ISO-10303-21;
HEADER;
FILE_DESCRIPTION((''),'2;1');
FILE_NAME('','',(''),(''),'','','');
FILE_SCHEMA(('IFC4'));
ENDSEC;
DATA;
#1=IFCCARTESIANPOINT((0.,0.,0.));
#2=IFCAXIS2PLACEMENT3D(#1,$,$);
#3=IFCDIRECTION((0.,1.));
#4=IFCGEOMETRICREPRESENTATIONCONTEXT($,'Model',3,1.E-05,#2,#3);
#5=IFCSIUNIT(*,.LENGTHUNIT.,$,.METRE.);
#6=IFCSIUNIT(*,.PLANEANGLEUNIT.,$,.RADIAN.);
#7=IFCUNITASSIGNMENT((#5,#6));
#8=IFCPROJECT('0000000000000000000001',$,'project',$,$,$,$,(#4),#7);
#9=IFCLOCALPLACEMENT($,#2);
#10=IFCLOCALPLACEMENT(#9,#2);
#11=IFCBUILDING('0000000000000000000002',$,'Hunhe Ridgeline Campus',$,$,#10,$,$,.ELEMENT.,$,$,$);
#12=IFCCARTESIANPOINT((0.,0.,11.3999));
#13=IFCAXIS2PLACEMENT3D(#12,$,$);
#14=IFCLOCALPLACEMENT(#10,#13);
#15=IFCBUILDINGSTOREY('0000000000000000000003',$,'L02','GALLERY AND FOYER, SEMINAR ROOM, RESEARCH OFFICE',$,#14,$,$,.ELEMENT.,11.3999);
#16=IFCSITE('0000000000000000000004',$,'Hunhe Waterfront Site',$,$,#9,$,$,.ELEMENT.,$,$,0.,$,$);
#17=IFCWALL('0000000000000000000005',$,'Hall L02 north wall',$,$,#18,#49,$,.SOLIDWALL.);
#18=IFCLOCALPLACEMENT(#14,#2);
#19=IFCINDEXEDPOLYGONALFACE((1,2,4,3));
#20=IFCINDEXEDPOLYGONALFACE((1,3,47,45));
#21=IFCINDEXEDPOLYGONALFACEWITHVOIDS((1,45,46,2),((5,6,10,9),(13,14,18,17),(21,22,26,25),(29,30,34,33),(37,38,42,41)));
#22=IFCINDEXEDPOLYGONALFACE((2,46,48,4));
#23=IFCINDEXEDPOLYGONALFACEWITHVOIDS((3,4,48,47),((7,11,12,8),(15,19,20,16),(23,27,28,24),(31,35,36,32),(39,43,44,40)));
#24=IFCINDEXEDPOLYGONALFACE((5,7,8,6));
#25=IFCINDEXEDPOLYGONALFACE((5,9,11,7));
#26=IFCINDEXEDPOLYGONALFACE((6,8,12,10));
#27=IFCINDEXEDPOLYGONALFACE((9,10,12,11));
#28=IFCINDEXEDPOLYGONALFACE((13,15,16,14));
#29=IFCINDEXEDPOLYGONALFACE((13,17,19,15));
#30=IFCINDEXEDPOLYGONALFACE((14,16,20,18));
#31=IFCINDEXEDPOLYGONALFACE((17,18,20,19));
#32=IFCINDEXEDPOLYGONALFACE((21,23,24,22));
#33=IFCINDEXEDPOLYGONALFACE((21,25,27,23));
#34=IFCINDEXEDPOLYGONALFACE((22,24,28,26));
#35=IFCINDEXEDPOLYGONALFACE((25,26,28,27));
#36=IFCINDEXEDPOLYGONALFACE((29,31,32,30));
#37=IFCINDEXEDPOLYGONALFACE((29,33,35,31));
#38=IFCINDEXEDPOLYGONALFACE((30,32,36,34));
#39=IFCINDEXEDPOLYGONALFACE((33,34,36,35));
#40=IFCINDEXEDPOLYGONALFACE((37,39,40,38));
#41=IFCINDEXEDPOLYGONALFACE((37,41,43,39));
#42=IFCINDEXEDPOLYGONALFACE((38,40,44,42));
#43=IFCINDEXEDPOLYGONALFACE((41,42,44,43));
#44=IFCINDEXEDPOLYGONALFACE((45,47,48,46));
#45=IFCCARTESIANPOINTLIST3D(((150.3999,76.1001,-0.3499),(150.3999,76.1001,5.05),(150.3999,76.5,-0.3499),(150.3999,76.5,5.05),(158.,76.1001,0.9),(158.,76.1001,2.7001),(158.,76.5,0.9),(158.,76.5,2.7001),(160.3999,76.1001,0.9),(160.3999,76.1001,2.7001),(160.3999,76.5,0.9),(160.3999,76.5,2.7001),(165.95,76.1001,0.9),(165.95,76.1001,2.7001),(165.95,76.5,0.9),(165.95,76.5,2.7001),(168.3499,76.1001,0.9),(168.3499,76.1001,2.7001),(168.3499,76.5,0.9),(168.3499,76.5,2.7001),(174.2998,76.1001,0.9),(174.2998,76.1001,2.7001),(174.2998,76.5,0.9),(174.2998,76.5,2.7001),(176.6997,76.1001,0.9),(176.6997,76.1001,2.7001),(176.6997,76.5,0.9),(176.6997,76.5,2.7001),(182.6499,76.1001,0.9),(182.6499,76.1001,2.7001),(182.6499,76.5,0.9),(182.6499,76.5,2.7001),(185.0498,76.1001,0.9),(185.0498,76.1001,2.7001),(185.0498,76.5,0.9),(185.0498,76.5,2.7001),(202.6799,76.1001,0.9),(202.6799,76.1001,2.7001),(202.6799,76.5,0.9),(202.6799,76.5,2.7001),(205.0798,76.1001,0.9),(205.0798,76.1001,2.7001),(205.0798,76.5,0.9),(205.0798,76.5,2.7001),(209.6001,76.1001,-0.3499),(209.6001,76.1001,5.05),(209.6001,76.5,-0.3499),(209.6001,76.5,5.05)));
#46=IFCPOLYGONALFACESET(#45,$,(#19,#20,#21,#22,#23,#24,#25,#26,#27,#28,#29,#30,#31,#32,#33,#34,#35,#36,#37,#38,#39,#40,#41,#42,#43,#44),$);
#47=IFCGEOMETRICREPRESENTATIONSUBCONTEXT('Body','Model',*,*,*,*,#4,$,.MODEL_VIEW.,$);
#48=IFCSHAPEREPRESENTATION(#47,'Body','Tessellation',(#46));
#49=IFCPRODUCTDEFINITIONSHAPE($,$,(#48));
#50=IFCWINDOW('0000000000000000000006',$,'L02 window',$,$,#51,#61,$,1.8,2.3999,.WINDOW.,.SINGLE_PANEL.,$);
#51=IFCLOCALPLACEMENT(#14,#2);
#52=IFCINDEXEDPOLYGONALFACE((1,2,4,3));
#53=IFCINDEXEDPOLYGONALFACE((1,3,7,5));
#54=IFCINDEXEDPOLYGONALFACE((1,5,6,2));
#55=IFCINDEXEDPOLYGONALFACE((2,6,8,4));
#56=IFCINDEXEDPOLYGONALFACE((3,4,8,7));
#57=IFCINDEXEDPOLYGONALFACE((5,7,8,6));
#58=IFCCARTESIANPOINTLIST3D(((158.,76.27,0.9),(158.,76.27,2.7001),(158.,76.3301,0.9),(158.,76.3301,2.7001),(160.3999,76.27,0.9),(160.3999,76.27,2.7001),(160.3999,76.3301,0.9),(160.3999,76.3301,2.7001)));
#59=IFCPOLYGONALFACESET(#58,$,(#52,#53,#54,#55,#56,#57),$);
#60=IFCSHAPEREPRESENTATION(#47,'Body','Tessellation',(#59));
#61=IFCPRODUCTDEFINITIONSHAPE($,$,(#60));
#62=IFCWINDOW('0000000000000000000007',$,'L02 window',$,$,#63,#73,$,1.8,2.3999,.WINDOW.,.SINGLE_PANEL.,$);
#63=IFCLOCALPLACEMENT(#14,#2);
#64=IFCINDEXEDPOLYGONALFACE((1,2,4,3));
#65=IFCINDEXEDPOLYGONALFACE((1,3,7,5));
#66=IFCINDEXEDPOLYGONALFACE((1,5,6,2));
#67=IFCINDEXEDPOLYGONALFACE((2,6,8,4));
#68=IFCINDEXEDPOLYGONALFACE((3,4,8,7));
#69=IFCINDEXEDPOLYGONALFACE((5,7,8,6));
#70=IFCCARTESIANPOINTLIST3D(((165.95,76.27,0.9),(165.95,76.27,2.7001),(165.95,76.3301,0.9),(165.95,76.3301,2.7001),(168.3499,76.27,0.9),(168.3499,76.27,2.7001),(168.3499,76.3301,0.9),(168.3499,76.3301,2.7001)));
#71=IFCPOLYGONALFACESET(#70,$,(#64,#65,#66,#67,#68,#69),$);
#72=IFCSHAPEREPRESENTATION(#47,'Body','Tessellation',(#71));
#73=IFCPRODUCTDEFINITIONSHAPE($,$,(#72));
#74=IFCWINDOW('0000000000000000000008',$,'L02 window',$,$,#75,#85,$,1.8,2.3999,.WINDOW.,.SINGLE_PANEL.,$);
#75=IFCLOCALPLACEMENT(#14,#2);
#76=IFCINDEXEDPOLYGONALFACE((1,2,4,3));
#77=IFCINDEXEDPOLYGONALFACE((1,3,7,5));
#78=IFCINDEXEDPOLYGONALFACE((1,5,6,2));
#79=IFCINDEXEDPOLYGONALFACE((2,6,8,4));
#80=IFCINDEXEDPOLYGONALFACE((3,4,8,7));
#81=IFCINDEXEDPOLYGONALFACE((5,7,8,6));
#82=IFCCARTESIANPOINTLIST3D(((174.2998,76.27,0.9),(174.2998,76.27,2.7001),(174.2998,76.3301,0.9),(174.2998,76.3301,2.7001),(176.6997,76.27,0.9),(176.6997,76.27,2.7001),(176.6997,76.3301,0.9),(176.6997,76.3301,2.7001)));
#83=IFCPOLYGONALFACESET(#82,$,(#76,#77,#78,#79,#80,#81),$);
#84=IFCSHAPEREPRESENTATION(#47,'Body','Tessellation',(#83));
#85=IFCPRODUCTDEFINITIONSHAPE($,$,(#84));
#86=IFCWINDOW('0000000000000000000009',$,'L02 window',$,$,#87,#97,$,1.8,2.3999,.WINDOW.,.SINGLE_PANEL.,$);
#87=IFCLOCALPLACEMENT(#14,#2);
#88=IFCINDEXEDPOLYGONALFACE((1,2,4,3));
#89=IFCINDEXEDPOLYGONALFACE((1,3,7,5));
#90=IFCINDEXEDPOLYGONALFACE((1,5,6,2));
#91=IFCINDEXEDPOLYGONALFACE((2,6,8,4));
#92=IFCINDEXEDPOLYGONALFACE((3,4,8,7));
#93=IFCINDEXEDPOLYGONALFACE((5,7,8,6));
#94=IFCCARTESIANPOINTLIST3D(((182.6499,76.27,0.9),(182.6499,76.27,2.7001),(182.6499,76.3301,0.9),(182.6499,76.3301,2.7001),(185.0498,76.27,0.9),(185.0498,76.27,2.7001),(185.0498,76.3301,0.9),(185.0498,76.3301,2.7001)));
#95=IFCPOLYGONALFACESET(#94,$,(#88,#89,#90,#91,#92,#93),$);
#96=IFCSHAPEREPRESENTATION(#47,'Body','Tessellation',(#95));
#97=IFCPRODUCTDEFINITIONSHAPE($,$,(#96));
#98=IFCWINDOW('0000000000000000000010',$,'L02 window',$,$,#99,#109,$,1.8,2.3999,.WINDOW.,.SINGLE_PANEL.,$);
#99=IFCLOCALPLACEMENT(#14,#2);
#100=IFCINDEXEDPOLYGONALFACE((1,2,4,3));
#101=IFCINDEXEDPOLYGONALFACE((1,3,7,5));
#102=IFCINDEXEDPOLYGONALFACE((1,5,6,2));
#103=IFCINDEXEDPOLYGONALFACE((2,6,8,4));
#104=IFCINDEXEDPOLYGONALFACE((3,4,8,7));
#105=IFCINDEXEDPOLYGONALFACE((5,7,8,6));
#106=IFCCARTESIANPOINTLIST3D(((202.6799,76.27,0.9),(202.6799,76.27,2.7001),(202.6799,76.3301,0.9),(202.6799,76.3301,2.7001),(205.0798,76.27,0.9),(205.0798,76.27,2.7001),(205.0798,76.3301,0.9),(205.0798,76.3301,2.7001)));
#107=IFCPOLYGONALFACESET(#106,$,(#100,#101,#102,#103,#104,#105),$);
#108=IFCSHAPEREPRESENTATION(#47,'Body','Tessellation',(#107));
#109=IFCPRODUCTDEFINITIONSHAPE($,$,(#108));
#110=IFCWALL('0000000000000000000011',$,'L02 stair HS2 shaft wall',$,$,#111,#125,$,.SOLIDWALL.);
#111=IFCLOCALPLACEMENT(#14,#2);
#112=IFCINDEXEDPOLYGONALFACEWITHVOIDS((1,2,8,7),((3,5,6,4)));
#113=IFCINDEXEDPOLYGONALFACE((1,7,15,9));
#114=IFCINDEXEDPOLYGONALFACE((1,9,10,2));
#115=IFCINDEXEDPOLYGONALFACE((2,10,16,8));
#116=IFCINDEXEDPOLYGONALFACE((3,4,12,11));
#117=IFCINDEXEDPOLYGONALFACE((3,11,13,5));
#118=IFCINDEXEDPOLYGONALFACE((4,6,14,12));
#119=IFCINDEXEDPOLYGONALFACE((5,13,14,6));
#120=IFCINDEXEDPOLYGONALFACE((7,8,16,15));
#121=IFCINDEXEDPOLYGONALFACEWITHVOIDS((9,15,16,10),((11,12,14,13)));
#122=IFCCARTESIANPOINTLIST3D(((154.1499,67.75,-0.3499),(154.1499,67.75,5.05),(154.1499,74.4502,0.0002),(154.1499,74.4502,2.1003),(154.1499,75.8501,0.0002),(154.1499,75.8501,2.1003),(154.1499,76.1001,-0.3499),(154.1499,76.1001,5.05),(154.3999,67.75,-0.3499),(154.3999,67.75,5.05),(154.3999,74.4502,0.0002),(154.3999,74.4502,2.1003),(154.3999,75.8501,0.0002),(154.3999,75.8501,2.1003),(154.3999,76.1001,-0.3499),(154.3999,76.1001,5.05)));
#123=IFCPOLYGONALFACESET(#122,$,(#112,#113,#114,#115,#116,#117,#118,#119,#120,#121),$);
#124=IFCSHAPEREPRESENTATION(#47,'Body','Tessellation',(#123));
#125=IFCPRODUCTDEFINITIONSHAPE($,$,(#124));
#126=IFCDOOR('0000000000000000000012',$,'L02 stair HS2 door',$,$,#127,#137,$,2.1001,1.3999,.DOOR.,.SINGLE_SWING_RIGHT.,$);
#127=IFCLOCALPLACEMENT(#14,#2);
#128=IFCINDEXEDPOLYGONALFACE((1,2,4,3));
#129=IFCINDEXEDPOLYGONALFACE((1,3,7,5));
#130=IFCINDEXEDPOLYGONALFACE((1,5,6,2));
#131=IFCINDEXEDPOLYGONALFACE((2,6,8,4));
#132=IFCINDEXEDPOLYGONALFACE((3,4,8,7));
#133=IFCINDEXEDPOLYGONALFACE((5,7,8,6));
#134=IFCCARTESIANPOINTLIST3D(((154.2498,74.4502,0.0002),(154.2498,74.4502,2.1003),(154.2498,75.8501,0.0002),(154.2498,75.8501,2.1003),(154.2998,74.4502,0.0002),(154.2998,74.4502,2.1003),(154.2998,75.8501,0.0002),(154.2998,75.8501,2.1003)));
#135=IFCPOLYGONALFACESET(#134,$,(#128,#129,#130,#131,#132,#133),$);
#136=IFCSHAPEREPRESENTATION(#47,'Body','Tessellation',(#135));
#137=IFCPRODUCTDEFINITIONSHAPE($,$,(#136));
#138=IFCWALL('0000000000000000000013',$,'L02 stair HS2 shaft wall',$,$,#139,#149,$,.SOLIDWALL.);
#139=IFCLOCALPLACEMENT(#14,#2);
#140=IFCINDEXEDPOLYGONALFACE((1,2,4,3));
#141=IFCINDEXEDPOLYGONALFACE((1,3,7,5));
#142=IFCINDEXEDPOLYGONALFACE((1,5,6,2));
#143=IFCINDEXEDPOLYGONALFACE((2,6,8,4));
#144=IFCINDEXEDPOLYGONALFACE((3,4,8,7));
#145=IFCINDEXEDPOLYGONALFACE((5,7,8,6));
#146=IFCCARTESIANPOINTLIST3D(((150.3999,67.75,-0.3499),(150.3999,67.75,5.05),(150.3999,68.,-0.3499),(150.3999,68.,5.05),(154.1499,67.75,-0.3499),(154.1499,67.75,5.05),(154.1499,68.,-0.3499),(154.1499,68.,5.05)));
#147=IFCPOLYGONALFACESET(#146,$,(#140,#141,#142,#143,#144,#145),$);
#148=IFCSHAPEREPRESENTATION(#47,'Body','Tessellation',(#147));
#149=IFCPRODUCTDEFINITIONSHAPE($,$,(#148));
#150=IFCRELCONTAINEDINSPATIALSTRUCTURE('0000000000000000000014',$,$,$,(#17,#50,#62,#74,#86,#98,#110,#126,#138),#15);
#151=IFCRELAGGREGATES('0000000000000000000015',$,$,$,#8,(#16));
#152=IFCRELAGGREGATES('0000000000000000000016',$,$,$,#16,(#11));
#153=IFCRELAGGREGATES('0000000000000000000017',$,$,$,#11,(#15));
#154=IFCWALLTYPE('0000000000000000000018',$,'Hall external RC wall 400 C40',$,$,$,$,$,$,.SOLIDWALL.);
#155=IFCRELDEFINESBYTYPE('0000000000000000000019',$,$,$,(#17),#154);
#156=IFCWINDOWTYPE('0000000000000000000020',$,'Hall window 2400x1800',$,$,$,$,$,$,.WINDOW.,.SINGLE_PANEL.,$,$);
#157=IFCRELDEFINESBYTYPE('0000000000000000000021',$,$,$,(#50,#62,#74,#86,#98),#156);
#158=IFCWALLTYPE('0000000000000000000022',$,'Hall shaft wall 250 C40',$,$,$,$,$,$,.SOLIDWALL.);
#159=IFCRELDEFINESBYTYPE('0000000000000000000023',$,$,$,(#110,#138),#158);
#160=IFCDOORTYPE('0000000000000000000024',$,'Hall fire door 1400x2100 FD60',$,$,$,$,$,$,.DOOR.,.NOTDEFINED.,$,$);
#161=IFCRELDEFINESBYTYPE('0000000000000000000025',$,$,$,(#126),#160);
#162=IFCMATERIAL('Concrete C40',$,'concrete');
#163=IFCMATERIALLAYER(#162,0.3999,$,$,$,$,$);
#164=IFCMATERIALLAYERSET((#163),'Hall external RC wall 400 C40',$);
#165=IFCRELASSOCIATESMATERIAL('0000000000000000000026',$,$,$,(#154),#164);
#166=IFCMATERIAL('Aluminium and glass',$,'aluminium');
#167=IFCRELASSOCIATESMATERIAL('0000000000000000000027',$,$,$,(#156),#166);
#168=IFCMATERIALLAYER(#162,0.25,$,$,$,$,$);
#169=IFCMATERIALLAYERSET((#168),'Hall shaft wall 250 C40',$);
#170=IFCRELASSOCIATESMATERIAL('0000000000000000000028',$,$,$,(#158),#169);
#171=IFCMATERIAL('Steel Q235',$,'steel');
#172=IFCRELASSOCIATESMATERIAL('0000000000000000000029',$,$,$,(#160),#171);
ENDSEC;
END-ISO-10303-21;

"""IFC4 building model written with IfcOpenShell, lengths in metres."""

from ifc_helpers import new_model, si_unit, direction, frame, frame_2d, origin, place, context, subcontext, project, spatial, rectangle, extrude, material, layer, layer_set, type_object, element, fill, save


model = new_model("IFC4")

# Units and contexts
model_context = context("Model", 3, precision=1e-05, world=origin(), true_north=direction((0.0, 1.0)))
body_context = subcontext(model_context, "Body", "Model", "MODEL_VIEW")
ifc_project = project(units=[si_unit("LENGTHUNIT", "METRE"), si_unit("PLANEANGLEUNIT", "RADIAN")], contexts=[model_context])

# Site, building, storey
site_placement = place(None, origin())
site = spatial("IfcSite", under=ifc_project, at=site_placement, Name="Hunhe Waterfront Site", CompositionType="ELEMENT", RefElevation=0.0)
building_placement = place(site_placement, origin())
building = spatial("IfcBuilding", under=site, at=building_placement, Name="Hunhe Ridgeline Campus", CompositionType="ELEMENT")
storey_placement = place(building_placement, frame((0.0, 0.0, 11.3999)))
storey = spatial("IfcBuildingStorey", under=building, at=storey_placement, Name="L02", Description="GALLERY AND FOYER, SEMINAR ROOM, RESEARCH OFFICE", CompositionType="ELEMENT", Elevation=11.3999)

# Shared definitions
ifc_material_1 = material(Name="Aluminium and glass", Category="aluminium")

# Wall, openings, windows
ifc_material_2 = material(Name="Concrete C40", Category="concrete")
ifc_layer_1 = layer(ifc_material_2, 0.3999)
ifc_layer_set_1 = layer_set([ifc_layer_1], Name="Hall external RC wall 400 C40")
wall_type_1 = type_object("IfcWallType", Name="Hall external RC wall 400 C40", PredefinedType="SOLIDWALL", material=ifc_layer_set_1)
wall_1_placement = place(storey_placement, frame((150.3999, 76.3, -0.3499), z_axis=(0.0, 0.0, 1.0), x_axis=(1.0, 0.0, 0.0)))
wall_1 = element("IfcWall", 1, at=wall_1_placement, inside=storey, type_object=wall_type_1, Name="Hall L02 north wall", PredefinedType="SOLIDWALL", context=body_context, shape_type="SweptSolid", body=[
    extrude(rectangle(XDim=59.2002, YDim=0.3999, at=frame_2d((29.6001, 0.0))), origin(), (0.0, 0.0, 1.0), 5.3999),
])
opening_1_placement = place(wall_1_placement, frame((7.6001, 0.0, 1.25)))
opening_1 = element("IfcOpeningElement", 2, at=opening_1_placement, cuts=wall_1, PredefinedType="OPENING", context=body_context, shape_type="SweptSolid", body=[
    extrude(rectangle(XDim=2.3999, YDim=1.8, at=frame_2d((1.2, 0.8999))), frame((0.0, 0.2, 0.0), z_axis=(0.0, -1.0, 0.0), x_axis=(1.0, 0.0, 0.0)), (0.0, 0.0, 1.0), 0.3999),
])
opening_2_placement = place(wall_1_placement, frame((15.55, 0.0, 1.25)))
opening_2 = element("IfcOpeningElement", 3, at=opening_2_placement, cuts=wall_1, PredefinedType="OPENING", context=body_context, shape_type="SweptSolid", body=[
    extrude(rectangle(XDim=2.3999, YDim=1.8, at=frame_2d((1.2, 0.8999))), frame((0.0, 0.2, 0.0), z_axis=(0.0, -1.0, 0.0), x_axis=(1.0, 0.0, 0.0)), (0.0, 0.0, 1.0), 0.3999),
])
opening_3_placement = place(wall_1_placement, frame((23.8999, 0.0, 1.25)))
opening_3 = element("IfcOpeningElement", 4, at=opening_3_placement, cuts=wall_1, PredefinedType="OPENING", context=body_context, shape_type="SweptSolid", body=[
    extrude(rectangle(XDim=2.3999, YDim=1.8, at=frame_2d((1.2, 0.8999))), frame((0.0, 0.2, 0.0), z_axis=(0.0, -1.0, 0.0), x_axis=(1.0, 0.0, 0.0)), (0.0, 0.0, 1.0), 0.3999),
])
opening_4_placement = place(wall_1_placement, frame((32.25, 0.0, 1.25)))
opening_4 = element("IfcOpeningElement", 5, at=opening_4_placement, cuts=wall_1, PredefinedType="OPENING", context=body_context, shape_type="SweptSolid", body=[
    extrude(rectangle(XDim=2.3999, YDim=1.8, at=frame_2d((1.2, 0.8999))), frame((0.0, 0.2, 0.0), z_axis=(0.0, -1.0, 0.0), x_axis=(1.0, 0.0, 0.0)), (0.0, 0.0, 1.0), 0.3999),
])
opening_5_placement = place(wall_1_placement, frame((52.28, 0.0, 1.25)))
opening_5 = element("IfcOpeningElement", 6, at=opening_5_placement, cuts=wall_1, PredefinedType="OPENING", context=body_context, shape_type="SweptSolid", body=[
    extrude(rectangle(XDim=2.3999, YDim=1.8, at=frame_2d((1.2, 0.8999))), frame((0.0, 0.2, 0.0), z_axis=(0.0, -1.0, 0.0), x_axis=(1.0, 0.0, 0.0)), (0.0, 0.0, 1.0), 0.3999),
])
window_type = type_object("IfcWindowType", Name="Hall window 2400x1800", PartitioningType="SINGLE_PANEL", PredefinedType="WINDOW", material=ifc_material_1)
window_1_placement = place(opening_1_placement, origin())
window_1 = element("IfcWindow", 7, at=window_1_placement, inside=storey, type_object=window_type, Name="L02 window", OverallHeight=1.8, OverallWidth=2.3999, PartitioningType="SINGLE_PANEL", PredefinedType="WINDOW", context=body_context, shape_type="SweptSolid", body=[
    extrude(rectangle(XDim=2.3999, YDim=1.8, at=frame_2d((1.2, 0.8999))), frame((0.0, 0.03, 0.0), z_axis=(0.0, -1.0, 0.0), x_axis=(1.0, 0.0, 0.0)), (0.0, 0.0, 1.0), 0.0601),
])
fill(opening_1, window_1)
window_2_placement = place(opening_2_placement, origin())
window_2 = element("IfcWindow", 8, at=window_2_placement, inside=storey, type_object=window_type, Name="L02 window", OverallHeight=1.8, OverallWidth=2.3999, PartitioningType="SINGLE_PANEL", PredefinedType="WINDOW", context=body_context, shape_type="SweptSolid", body=[
    extrude(rectangle(XDim=2.3999, YDim=1.8, at=frame_2d((1.2, 0.8999))), frame((0.0, 0.03, 0.0), z_axis=(0.0, -1.0, 0.0), x_axis=(1.0, 0.0, 0.0)), (0.0, 0.0, 1.0), 0.0601),
])
fill(opening_2, window_2)
window_3_placement = place(opening_3_placement, origin())
window_3 = element("IfcWindow", 9, at=window_3_placement, inside=storey, type_object=window_type, Name="L02 window", OverallHeight=1.8, OverallWidth=2.3999, PartitioningType="SINGLE_PANEL", PredefinedType="WINDOW", context=body_context, shape_type="SweptSolid", body=[
    extrude(rectangle(XDim=2.3999, YDim=1.8, at=frame_2d((1.2, 0.8999))), frame((0.0, 0.03, 0.0), z_axis=(0.0, -1.0, 0.0), x_axis=(1.0, 0.0, 0.0)), (0.0, 0.0, 1.0), 0.0601),
])
fill(opening_3, window_3)
window_4_placement = place(opening_4_placement, origin())
window_4 = element("IfcWindow", 10, at=window_4_placement, inside=storey, type_object=window_type, Name="L02 window", OverallHeight=1.8, OverallWidth=2.3999, PartitioningType="SINGLE_PANEL", PredefinedType="WINDOW", context=body_context, shape_type="SweptSolid", body=[
    extrude(rectangle(XDim=2.3999, YDim=1.8, at=frame_2d((1.2, 0.8999))), frame((0.0, 0.03, 0.0), z_axis=(0.0, -1.0, 0.0), x_axis=(1.0, 0.0, 0.0)), (0.0, 0.0, 1.0), 0.0601),
])
fill(opening_4, window_4)
window_5_placement = place(opening_5_placement, origin())
window_5 = element("IfcWindow", 11, at=window_5_placement, inside=storey, type_object=window_type, Name="L02 window", OverallHeight=1.8, OverallWidth=2.3999, PartitioningType="SINGLE_PANEL", PredefinedType="WINDOW", context=body_context, shape_type="SweptSolid", body=[
    extrude(rectangle(XDim=2.3999, YDim=1.8, at=frame_2d((1.2, 0.8999))), frame((0.0, 0.03, 0.0), z_axis=(0.0, -1.0, 0.0), x_axis=(1.0, 0.0, 0.0)), (0.0, 0.0, 1.0), 0.0601),
])
fill(opening_5, window_5)

# Wall, opening, door
ifc_layer_2 = layer(ifc_material_2, 0.25)
ifc_layer_set_2 = layer_set([ifc_layer_2], Name="Hall shaft wall 250 C40")
wall_type_2 = type_object("IfcWallType", Name="Hall shaft wall 250 C40", PredefinedType="SOLIDWALL", material=ifc_layer_set_2)
wall_2_placement = place(storey_placement, frame((154.2749, 76.1001, -0.3499), z_axis=(0.0, 0.0, 1.0), x_axis=(0.0, -1.0, 0.0)))
wall_2 = element("IfcWall", 12, at=wall_2_placement, inside=storey, type_object=wall_type_2, Name="L02 stair HS2 shaft wall", PredefinedType="SOLIDWALL", context=body_context, shape_type="SweptSolid", body=[
    extrude(rectangle(XDim=8.3501, YDim=0.25, at=frame_2d((4.175, 0.0))), origin(), (0.0, 0.0, 1.0), 5.3999),
])
opening_6_placement = place(wall_2_placement, frame((0.25, 0.0, 0.3501)))
opening_6 = element("IfcOpeningElement", 13, at=opening_6_placement, cuts=wall_2, PredefinedType="OPENING", context=body_context, shape_type="SweptSolid", body=[
    extrude(rectangle(XDim=1.3999, YDim=2.1001, at=frame_2d((0.7, 1.05))), frame((0.0, 0.125, 0.0), z_axis=(0.0, -1.0, 0.0), x_axis=(1.0, 0.0, 0.0)), (0.0, 0.0, 1.0), 0.25),
])
ifc_material_3 = material(Name="Steel Q235", Category="steel")
door_type = type_object("IfcDoorType", Name="Hall fire door 1400x2100 FD60", OperationType="NOTDEFINED", PredefinedType="DOOR", material=ifc_material_3)
door_placement = place(opening_6_placement, origin())
door = element("IfcDoor", 14, at=door_placement, inside=storey, type_object=door_type, Name="L02 stair HS2 door", OperationType="SINGLE_SWING_RIGHT", OverallHeight=2.1001, OverallWidth=1.3999, PredefinedType="DOOR", context=body_context, shape_type="SweptSolid", body=[
    extrude(rectangle(XDim=1.3999, YDim=2.1001, at=frame_2d((0.7, 1.05))), frame((0.0, 0.0249, 0.0), z_axis=(0.0, -1.0, 0.0), x_axis=(1.0, 0.0, 0.0)), (0.0, 0.0, 1.0), 0.05),
])
fill(opening_6, door)

# Wall
wall_3_placement = place(storey_placement, frame((154.1499, 67.875, -0.3499), z_axis=(0.0, 0.0, 1.0), x_axis=(-1.0, 0.0, 0.0)))
element("IfcWall", 15, at=wall_3_placement, inside=storey, type_object=wall_type_2, Name="L02 stair HS2 shaft wall", PredefinedType="SOLIDWALL", context=body_context, shape_type="SweptSolid", body=[
    extrude(rectangle(XDim=3.75, YDim=0.25, at=frame_2d((1.875, 0.0))), origin(), (0.0, 0.0, 1.0), 5.3999),
])

save(model, "model.ifc")
